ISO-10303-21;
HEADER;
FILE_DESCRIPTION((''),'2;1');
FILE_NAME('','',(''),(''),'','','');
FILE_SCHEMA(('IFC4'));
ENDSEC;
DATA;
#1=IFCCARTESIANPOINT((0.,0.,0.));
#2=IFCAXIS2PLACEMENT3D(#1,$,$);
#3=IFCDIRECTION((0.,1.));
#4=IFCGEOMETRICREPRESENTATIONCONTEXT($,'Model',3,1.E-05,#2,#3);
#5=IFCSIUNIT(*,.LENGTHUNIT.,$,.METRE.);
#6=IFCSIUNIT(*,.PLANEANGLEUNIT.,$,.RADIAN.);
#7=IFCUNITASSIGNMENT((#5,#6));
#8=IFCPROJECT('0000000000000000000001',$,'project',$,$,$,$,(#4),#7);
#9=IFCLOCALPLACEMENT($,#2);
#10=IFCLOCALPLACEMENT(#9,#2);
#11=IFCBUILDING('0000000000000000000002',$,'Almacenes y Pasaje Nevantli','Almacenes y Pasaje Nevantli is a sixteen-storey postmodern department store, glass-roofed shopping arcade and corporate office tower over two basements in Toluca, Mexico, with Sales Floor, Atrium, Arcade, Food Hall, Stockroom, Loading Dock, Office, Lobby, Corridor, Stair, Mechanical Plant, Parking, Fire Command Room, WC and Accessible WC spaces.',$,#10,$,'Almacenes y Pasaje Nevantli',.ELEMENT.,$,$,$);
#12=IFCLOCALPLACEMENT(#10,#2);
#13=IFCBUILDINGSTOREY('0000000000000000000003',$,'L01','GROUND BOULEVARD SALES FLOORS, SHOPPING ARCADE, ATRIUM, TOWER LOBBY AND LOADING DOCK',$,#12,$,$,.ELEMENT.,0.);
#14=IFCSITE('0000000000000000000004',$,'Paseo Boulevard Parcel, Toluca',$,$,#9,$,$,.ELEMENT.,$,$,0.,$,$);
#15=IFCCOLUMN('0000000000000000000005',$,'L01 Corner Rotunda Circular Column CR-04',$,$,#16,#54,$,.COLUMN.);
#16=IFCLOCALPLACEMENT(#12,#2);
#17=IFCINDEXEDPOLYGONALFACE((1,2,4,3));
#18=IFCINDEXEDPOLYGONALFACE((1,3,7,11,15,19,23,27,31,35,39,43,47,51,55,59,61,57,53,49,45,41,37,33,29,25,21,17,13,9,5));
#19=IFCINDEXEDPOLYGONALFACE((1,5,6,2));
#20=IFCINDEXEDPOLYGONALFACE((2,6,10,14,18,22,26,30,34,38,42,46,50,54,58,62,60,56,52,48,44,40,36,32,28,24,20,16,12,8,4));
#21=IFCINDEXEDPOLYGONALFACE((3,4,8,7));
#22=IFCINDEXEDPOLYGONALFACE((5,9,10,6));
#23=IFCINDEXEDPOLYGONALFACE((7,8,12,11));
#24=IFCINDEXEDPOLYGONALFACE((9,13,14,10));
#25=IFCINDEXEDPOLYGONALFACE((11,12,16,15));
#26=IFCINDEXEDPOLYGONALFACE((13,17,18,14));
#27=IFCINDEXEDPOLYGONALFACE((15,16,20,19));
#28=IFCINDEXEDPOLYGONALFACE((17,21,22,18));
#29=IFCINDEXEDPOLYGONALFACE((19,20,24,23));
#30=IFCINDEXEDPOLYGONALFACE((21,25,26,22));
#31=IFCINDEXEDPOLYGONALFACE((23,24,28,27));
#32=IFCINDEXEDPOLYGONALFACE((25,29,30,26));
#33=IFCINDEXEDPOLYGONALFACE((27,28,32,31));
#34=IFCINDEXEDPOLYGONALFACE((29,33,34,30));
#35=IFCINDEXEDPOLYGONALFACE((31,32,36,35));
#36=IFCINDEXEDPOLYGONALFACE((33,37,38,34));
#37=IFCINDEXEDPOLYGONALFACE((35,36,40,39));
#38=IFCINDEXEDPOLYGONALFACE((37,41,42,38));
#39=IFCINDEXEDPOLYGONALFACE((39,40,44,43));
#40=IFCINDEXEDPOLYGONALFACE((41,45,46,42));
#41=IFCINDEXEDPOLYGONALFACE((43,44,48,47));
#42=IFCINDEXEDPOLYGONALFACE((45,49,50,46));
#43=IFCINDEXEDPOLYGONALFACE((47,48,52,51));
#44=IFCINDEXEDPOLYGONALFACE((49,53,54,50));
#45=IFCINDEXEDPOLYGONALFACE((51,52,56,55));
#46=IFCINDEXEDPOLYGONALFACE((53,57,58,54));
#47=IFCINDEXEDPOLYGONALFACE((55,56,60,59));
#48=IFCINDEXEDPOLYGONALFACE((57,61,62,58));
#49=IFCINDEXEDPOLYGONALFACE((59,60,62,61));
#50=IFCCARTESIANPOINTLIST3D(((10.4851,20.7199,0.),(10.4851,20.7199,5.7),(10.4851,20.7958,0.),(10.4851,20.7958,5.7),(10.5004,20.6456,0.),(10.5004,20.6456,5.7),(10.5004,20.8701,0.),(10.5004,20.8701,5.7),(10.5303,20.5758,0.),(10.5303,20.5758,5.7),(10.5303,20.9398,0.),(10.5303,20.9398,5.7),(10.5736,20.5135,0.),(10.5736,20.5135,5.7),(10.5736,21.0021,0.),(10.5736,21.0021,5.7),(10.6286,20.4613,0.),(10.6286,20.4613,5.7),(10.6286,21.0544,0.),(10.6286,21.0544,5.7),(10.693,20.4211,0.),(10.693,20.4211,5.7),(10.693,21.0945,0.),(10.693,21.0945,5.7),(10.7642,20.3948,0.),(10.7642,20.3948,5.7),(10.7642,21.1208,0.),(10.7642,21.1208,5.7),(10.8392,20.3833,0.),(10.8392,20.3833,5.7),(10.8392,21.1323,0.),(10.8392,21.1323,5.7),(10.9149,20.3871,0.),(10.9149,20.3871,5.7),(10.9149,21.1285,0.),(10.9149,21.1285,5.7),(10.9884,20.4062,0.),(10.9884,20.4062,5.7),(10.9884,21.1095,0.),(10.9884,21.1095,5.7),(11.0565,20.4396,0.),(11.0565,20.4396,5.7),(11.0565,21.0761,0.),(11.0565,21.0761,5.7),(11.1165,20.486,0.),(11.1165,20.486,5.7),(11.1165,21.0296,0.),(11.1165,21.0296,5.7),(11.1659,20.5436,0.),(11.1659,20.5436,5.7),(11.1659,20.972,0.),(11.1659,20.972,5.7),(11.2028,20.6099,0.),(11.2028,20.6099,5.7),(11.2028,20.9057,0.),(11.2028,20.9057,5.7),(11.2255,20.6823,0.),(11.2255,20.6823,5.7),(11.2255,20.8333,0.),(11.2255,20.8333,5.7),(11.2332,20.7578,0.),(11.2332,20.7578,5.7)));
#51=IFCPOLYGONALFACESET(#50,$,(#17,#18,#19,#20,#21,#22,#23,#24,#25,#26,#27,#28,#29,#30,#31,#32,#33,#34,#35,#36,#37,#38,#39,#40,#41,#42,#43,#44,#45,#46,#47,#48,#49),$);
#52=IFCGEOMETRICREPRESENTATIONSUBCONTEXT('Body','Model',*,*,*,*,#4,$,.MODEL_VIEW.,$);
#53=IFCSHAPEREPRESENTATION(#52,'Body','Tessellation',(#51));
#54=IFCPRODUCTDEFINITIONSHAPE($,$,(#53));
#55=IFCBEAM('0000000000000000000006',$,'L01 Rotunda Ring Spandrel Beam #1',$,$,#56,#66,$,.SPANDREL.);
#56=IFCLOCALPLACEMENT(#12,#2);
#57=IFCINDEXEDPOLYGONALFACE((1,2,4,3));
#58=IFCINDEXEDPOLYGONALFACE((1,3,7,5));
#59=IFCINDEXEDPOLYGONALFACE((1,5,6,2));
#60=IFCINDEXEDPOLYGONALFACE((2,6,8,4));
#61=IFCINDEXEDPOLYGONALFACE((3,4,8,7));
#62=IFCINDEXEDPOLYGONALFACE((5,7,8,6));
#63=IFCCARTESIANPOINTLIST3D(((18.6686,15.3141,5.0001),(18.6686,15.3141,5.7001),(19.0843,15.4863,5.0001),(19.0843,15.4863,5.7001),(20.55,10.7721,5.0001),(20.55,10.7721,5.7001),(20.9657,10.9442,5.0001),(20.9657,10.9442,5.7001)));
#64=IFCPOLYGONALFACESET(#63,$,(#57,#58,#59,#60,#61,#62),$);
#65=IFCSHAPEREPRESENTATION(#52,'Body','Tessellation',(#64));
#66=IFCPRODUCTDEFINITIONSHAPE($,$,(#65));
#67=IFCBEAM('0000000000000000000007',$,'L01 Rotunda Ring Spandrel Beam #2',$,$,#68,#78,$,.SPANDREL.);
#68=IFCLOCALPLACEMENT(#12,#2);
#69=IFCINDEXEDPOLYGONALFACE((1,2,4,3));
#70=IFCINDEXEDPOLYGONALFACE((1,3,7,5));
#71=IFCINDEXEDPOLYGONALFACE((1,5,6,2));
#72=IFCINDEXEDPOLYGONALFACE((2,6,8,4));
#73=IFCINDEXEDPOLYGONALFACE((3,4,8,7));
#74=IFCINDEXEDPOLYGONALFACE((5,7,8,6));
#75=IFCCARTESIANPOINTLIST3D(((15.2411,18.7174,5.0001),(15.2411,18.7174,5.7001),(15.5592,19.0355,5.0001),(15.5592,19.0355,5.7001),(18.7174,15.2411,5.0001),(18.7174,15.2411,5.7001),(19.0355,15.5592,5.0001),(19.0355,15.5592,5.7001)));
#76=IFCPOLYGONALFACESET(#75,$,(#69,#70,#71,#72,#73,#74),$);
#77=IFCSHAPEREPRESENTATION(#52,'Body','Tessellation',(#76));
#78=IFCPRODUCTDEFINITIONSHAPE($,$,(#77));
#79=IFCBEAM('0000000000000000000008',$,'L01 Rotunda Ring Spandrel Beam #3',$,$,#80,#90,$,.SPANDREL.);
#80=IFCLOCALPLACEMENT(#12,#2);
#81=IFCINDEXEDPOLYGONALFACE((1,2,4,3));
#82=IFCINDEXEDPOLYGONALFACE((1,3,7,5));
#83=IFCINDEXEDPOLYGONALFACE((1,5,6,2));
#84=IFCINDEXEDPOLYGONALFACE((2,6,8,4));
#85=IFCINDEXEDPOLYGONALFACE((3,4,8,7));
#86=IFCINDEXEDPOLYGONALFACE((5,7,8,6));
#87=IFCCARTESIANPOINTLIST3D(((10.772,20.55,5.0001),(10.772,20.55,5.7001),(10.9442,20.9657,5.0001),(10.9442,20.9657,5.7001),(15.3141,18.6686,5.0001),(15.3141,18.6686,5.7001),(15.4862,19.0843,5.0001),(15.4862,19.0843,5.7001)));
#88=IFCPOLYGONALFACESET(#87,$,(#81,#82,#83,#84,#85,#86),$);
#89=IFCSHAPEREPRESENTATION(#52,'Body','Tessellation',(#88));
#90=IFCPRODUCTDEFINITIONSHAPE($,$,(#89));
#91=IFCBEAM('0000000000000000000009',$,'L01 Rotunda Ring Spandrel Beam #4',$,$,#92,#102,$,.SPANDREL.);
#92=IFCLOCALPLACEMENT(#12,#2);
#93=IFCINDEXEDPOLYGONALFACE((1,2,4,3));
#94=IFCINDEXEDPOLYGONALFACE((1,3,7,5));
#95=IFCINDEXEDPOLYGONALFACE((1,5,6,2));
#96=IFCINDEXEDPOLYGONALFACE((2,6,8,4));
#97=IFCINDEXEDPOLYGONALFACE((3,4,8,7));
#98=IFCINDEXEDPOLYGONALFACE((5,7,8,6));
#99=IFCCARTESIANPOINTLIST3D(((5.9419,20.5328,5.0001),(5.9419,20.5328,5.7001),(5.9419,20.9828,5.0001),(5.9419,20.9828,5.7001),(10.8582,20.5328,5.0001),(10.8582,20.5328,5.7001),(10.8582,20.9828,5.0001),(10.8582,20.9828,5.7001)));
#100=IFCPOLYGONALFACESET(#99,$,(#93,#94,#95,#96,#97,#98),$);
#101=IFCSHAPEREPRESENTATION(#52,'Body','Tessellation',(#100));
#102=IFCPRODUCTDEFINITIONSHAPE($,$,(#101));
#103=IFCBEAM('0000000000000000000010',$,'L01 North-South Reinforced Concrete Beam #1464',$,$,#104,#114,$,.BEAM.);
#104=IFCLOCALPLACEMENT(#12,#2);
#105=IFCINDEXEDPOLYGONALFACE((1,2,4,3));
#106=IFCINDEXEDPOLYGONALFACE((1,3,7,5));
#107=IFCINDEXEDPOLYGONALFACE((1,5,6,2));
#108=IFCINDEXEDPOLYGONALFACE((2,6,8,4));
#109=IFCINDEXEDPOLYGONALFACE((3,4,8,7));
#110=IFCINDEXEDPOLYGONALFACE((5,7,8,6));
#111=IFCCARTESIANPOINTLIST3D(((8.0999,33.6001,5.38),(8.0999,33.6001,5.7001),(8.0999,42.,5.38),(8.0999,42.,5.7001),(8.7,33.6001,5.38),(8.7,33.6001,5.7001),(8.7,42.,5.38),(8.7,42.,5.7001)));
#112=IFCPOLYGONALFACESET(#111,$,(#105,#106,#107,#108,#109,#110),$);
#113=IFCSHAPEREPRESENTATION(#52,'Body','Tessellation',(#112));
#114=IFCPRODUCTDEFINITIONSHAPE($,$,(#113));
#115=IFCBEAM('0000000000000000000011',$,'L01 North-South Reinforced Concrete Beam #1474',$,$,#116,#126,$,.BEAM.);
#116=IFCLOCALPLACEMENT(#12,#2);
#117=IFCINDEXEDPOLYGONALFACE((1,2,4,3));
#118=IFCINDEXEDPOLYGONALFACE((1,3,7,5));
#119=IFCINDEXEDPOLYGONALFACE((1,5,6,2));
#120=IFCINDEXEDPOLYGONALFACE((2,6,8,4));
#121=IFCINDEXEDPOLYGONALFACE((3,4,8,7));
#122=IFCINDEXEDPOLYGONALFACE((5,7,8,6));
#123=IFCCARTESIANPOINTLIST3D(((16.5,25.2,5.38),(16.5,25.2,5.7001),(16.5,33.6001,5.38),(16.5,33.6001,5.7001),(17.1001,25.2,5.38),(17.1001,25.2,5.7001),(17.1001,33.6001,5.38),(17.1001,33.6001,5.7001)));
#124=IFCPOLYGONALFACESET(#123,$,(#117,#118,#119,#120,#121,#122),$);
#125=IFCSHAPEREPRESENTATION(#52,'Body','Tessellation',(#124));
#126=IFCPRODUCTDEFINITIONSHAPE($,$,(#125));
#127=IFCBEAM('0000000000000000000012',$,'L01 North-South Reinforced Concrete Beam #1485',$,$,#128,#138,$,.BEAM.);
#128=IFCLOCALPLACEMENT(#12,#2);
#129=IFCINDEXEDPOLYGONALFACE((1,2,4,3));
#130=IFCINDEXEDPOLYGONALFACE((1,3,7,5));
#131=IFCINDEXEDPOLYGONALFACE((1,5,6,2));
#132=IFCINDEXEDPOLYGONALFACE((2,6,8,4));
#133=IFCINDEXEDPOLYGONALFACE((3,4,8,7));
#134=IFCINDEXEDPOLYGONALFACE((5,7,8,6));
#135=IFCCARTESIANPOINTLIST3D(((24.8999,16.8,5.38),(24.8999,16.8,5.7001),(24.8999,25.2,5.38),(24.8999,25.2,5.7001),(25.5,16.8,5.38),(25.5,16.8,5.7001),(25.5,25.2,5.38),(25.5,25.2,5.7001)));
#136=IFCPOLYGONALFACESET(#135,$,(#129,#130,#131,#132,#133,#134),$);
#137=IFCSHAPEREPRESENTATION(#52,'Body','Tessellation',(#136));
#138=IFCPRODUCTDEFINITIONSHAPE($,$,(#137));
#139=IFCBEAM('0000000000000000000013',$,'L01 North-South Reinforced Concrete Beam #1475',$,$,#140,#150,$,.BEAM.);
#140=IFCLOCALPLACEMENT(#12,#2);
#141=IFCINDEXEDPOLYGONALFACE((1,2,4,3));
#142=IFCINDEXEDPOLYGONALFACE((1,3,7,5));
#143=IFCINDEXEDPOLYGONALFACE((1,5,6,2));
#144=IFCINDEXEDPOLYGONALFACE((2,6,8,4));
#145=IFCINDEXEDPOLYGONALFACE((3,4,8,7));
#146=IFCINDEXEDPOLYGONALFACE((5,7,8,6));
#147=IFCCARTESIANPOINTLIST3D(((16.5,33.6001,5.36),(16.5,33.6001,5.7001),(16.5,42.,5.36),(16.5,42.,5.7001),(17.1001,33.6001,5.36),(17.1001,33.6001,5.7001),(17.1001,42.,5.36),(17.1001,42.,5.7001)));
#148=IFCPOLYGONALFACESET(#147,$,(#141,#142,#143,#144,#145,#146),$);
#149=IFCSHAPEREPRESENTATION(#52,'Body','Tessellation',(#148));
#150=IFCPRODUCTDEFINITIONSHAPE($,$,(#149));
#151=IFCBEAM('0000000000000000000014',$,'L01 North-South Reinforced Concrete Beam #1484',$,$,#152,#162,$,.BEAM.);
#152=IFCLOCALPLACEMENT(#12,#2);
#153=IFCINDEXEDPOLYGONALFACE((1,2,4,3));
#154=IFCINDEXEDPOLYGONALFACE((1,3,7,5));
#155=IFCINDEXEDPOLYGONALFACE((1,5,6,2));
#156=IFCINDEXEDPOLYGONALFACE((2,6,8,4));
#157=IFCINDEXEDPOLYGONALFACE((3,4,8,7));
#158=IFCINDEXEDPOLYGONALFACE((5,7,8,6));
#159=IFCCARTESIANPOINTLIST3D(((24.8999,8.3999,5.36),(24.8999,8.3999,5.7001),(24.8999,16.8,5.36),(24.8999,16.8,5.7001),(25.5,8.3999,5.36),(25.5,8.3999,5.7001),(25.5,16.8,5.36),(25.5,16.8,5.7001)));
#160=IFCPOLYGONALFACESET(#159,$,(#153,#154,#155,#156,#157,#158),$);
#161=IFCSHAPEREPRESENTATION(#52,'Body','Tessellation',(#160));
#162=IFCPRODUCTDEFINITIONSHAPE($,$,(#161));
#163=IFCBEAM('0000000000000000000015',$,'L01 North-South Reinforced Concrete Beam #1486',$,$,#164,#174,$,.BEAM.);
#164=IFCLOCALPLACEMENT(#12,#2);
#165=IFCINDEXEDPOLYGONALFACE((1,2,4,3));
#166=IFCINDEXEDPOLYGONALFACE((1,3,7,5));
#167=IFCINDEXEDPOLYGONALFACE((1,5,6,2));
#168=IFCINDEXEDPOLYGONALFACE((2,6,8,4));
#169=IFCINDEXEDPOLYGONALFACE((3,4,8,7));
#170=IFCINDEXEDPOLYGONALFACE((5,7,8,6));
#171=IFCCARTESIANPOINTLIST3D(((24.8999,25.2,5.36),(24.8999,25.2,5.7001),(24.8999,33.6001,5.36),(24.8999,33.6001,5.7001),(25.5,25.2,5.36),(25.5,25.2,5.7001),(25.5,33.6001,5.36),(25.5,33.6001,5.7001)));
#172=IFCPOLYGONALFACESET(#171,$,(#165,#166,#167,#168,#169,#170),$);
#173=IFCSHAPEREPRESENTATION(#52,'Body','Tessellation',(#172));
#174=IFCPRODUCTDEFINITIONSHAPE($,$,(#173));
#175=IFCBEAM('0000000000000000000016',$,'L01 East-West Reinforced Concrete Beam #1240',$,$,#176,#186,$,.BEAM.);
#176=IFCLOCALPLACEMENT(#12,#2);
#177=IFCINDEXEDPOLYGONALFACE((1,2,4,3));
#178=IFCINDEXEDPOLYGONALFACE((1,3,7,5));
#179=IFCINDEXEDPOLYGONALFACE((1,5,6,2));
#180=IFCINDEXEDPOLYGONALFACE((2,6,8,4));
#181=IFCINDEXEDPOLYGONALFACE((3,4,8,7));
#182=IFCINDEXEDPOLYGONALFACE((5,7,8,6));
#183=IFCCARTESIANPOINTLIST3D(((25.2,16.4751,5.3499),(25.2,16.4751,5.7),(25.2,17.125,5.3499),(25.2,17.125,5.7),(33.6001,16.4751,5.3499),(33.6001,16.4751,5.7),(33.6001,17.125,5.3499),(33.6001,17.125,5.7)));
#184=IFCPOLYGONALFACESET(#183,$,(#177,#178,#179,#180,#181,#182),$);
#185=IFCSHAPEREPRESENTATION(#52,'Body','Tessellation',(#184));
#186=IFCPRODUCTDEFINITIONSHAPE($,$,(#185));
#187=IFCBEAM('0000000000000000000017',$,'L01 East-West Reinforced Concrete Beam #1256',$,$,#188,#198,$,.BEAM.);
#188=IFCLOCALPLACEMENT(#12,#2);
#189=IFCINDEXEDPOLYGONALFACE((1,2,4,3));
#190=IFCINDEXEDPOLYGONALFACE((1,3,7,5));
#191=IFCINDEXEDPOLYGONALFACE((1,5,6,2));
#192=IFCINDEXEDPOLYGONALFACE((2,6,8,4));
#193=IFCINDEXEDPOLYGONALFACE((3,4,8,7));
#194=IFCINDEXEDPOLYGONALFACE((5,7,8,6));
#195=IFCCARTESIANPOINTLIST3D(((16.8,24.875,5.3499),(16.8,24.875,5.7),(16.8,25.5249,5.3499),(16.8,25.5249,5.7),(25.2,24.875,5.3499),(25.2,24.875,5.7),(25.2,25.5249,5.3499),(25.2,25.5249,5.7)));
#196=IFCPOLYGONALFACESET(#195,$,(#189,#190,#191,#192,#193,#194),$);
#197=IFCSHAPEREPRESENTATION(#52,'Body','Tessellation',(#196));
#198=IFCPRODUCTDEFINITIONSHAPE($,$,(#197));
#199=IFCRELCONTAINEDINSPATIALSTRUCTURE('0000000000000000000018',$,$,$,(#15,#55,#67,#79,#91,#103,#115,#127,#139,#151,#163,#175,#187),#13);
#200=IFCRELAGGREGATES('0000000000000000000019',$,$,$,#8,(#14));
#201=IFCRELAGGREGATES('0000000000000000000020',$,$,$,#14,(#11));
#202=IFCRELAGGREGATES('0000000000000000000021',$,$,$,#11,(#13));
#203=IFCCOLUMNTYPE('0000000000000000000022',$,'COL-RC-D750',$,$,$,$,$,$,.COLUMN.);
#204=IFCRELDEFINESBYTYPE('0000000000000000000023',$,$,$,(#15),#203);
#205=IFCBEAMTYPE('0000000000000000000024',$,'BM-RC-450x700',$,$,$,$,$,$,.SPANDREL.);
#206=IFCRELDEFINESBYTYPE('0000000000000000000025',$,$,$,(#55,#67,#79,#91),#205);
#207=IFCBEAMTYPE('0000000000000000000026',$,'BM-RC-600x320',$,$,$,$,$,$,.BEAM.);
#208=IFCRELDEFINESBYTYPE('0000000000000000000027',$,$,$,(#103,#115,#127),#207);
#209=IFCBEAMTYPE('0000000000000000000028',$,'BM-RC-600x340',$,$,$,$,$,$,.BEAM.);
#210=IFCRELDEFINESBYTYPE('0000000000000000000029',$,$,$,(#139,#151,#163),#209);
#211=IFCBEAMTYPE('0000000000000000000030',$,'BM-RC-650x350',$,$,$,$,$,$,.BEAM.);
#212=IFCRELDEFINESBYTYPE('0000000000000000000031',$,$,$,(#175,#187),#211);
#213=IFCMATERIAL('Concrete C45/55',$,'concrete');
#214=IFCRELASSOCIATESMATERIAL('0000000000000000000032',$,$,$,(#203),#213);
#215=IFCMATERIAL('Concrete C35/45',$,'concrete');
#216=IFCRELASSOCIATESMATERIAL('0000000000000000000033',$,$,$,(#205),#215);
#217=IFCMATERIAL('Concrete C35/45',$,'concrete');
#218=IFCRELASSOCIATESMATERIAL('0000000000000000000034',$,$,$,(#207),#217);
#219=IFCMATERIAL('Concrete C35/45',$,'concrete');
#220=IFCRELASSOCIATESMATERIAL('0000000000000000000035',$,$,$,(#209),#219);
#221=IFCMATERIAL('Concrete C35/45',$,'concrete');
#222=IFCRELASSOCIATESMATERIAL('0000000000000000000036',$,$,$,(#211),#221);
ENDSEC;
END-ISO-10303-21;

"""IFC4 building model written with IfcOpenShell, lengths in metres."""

from ifc_helpers import new_model, si_unit, direction, frame, origin, origin_2d, place, context, subcontext, project, spatial, rectangle, circle, extrude, material, material_profile, profile_set, type_object, element, save


model = new_model("IFC4")

# Units and contexts
model_context = context("Model", 3, precision=1e-05, world=origin(), true_north=direction((0.0, 1.0)))
body_context = subcontext(model_context, "Body", "Model", "MODEL_VIEW")
ifc_project = project(units=[si_unit("LENGTHUNIT", "METRE"), si_unit("PLANEANGLEUNIT", "RADIAN")], contexts=[model_context])

# Site, building, storey
site_placement = place(None, origin())
site = spatial("IfcSite", under=ifc_project, at=site_placement, Name="Paseo Boulevard Parcel, Toluca", CompositionType="ELEMENT", RefElevation=0.0)
building_placement = place(site_placement, origin())
building = spatial("IfcBuilding", under=site, at=building_placement, Name="Almacenes y Pasaje Nevantli", Description="Almacenes y Pasaje Nevantli is a sixteen-storey postmodern department store, glass-roofed shopping arcade and corporate office tower over two basements in Toluca, Mexico, with Sales Floor, Atrium, Arcade, Food Hall, Stockroom, Loading Dock, Office, Lobby, Corridor, Stair, Mechanical Plant, Parking, Fire Command Room, WC and Accessible WC spaces.", LongName="Almacenes y Pasaje Nevantli", CompositionType="ELEMENT")
storey_placement = place(building_placement, origin())
storey = spatial("IfcBuildingStorey", under=building, at=storey_placement, Name="L01", Description="GROUND BOULEVARD SALES FLOORS, SHOPPING ARCADE, ATRIUM, TOWER LOBBY AND LOADING DOCK", CompositionType="ELEMENT", Elevation=0.0)

# Column
ifc_material_1 = material(Name="Concrete C45/55", Category="concrete")
ifc_material_profile_1 = material_profile(ifc_material_1, circle(Radius=0.375, at=origin_2d()), Name="RC-COL-D750")
ifc_profile_set_1 = profile_set([ifc_material_profile_1], Name="Concrete C45/55")
column_type_1 = type_object("IfcColumnType", Name="COL-RC-D750", PredefinedType="COLUMN", material=ifc_profile_set_1)
for number, where, z_axis, x_axis, name in (
    (1, (10.8582, 20.7578, 0.0), (0.0, 0.0, 1.0), (1.0, 0.0, 0.0), "L01 Corner Rotunda Circular Column CR-04"),
):
    element("IfcColumn", number, at=place(storey_placement, frame(where, z_axis=z_axis, x_axis=x_axis)), inside=storey, type_object=column_type_1, Name=name, PredefinedType="COLUMN", context=body_context, shape_type="SweptSolid", body=[
        extrude(circle(Radius=0.375, at=origin_2d()), origin(), (0.0, 0.0, 1.0), 5.7),
    ])

# Beams
ifc_material_2 = material(Name="Concrete C35/45", Category="concrete")
ifc_material_profile_2 = material_profile(ifc_material_2, rectangle(XDim=0.45, YDim=0.7, at=origin_2d()), Name="RC-BM-450x700")
ifc_profile_set_2 = profile_set([ifc_material_profile_2], Name="Concrete C35/45")
beam_type_1 = type_object("IfcBeamType", Name="BM-RC-450x700", PredefinedType="SPANDREL", material=ifc_profile_set_2)
for number, where, z_axis, x_axis, name in (
    (2, (20.7578, 10.8582, 5.3501), (-0.382682, 0.92388, 0.0), (-0.92388, -0.382682, 0.0), "L01 Rotunda Ring Spandrel Beam #1"),
    (3, (18.8765, 15.4001, 5.3501), (-0.707107, 0.707107, 0.0), (-0.707107, -0.707107, 0.0), "L01 Rotunda Ring Spandrel Beam #2"),
    (4, (15.4001, 18.8765, 5.3501), (-0.92388, 0.382682, 0.0), (-0.382682, -0.92388, 0.0), "L01 Rotunda Ring Spandrel Beam #3"),
    (5, (10.8582, 20.7578, 5.3501), (-1.0, 0.0, 0.0), (0.0, -1.0, 0.0), "L01 Rotunda Ring Spandrel Beam #4"),
):
    element("IfcBeam", number, at=place(storey_placement, frame(where, z_axis=z_axis, x_axis=x_axis)), inside=storey, type_object=beam_type_1, Name=name, PredefinedType="SPANDREL", context=body_context, shape_type="SweptSolid", body=[
        extrude(rectangle(XDim=0.45, YDim=0.7, at=origin_2d()), origin(), (0.0, 0.0, 1.0), 4.9163),
    ])
ifc_material_3 = material(Name="Concrete C35/45", Category="concrete")
ifc_material_profile_3 = material_profile(ifc_material_3, rectangle(XDim=0.6001, YDim=0.3201, at=origin_2d()), Name="RC-BM-600x320")
ifc_profile_set_3 = profile_set([ifc_material_profile_3], Name="Concrete C35/45")
beam_type_2 = type_object("IfcBeamType", Name="BM-RC-600x320", PredefinedType="BEAM", material=ifc_profile_set_3)
beam_1_placement = place(storey_placement, frame((8.3999, 33.6001, 5.54), z_axis=(0.0, 1.0, 0.0), x_axis=(-1.0, 0.0, 0.0)))
element("IfcBeam", 6, at=beam_1_placement, inside=storey, type_object=beam_type_2, Name="L01 North-South Reinforced Concrete Beam #1464", PredefinedType="BEAM", context=body_context, shape_type="SweptSolid", body=[
    extrude(rectangle(XDim=0.6001, YDim=0.3201, at=origin_2d()), origin(), (0.0, 0.0, 1.0), 8.3999),
])
beam_2_placement = place(storey_placement, frame((16.8, 25.2, 5.54), z_axis=(0.0, 1.0, 0.0), x_axis=(-1.0, 0.0, 0.0)))
element("IfcBeam", 7, at=beam_2_placement, inside=storey, type_object=beam_type_2, Name="L01 North-South Reinforced Concrete Beam #1474", PredefinedType="BEAM", context=body_context, shape_type="SweptSolid", body=[
    extrude(rectangle(XDim=0.6001, YDim=0.3201, at=origin_2d()), origin(), (0.0, 0.0, 1.0), 8.4001),
])
beam_3_placement = place(storey_placement, frame((25.2, 16.8, 5.54), z_axis=(0.0, 1.0, 0.0), x_axis=(-1.0, 0.0, 0.0)))
element("IfcBeam", 8, at=beam_3_placement, inside=storey, type_object=beam_type_2, Name="L01 North-South Reinforced Concrete Beam #1485", PredefinedType="BEAM", context=body_context, shape_type="SweptSolid", body=[
    extrude(rectangle(XDim=0.6001, YDim=0.3201, at=origin_2d()), origin(), (0.0, 0.0, 1.0), 8.3999),
])
ifc_material_4 = material(Name="Concrete C35/45", Category="concrete")
ifc_material_profile_4 = material_profile(ifc_material_4, rectangle(XDim=0.6001, YDim=0.3401, at=origin_2d()), Name="RC-BM-600x340")
ifc_profile_set_4 = profile_set([ifc_material_profile_4], Name="Concrete C35/45")
beam_type_3 = type_object("IfcBeamType", Name="BM-RC-600x340", PredefinedType="BEAM", material=ifc_profile_set_4)
beam_4_placement = place(storey_placement, frame((16.8, 33.6001, 5.53), z_axis=(0.0, 1.0, 0.0), x_axis=(-1.0, 0.0, 0.0)))
element("IfcBeam", 9, at=beam_4_placement, inside=storey, type_object=beam_type_3, Name="L01 North-South Reinforced Concrete Beam #1475", PredefinedType="BEAM", context=body_context, shape_type="SweptSolid", body=[
    extrude(rectangle(XDim=0.6001, YDim=0.3401, at=origin_2d()), origin(), (0.0, 0.0, 1.0), 8.3999),
])
for number, where, z_axis, x_axis, name in (
    (10, (25.2, 8.3999, 5.53), (0.0, 1.0, 0.0), (-1.0, 0.0, 0.0), "L01 North-South Reinforced Concrete Beam #1484"),
    (11, (25.2, 25.2, 5.53), (0.0, 1.0, 0.0), (-1.0, 0.0, 0.0), "L01 North-South Reinforced Concrete Beam #1486"),
):
    element("IfcBeam", number, at=place(storey_placement, frame(where, z_axis=z_axis, x_axis=x_axis)), inside=storey, type_object=beam_type_3, Name=name, PredefinedType="BEAM", context=body_context, shape_type="SweptSolid", body=[
        extrude(rectangle(XDim=0.6001, YDim=0.3401, at=origin_2d()), origin(), (0.0, 0.0, 1.0), 8.4001),
    ])
ifc_material_5 = material(Name="Concrete C35/45", Category="concrete")
ifc_material_profile_5 = material_profile(ifc_material_5, rectangle(XDim=0.6499, YDim=0.3501, at=origin_2d()), Name="RC-BM-650x350")
ifc_profile_set_5 = profile_set([ifc_material_profile_5], Name="Concrete C35/45")
beam_type_4 = type_object("IfcBeamType", Name="BM-RC-650x350", PredefinedType="BEAM", material=ifc_profile_set_5)
beam_5_placement = place(storey_placement, frame((25.2, 16.8, 5.5249), z_axis=(1.0, 0.0, 0.0), x_axis=(0.0, 1.0, 0.0)))
element("IfcBeam", 12, at=beam_5_placement, inside=storey, type_object=beam_type_4, Name="L01 East-West Reinforced Concrete Beam #1240", PredefinedType="BEAM", context=body_context, shape_type="SweptSolid", body=[
    extrude(rectangle(XDim=0.6499, YDim=0.3501, at=origin_2d()), origin(), (0.0, 0.0, 1.0), 8.4001),
])
beam_6_placement = place(storey_placement, frame((16.8, 25.2, 5.5249), z_axis=(1.0, 0.0, 0.0), x_axis=(0.0, 1.0, 0.0)))
element("IfcBeam", 13, at=beam_6_placement, inside=storey, type_object=beam_type_4, Name="L01 East-West Reinforced Concrete Beam #1256", PredefinedType="BEAM", context=body_context, shape_type="SweptSolid", body=[
    extrude(rectangle(XDim=0.6499, YDim=0.3501, at=origin_2d()), origin(), (0.0, 0.0, 1.0), 8.3999),
])

save(model, "model.ifc")
